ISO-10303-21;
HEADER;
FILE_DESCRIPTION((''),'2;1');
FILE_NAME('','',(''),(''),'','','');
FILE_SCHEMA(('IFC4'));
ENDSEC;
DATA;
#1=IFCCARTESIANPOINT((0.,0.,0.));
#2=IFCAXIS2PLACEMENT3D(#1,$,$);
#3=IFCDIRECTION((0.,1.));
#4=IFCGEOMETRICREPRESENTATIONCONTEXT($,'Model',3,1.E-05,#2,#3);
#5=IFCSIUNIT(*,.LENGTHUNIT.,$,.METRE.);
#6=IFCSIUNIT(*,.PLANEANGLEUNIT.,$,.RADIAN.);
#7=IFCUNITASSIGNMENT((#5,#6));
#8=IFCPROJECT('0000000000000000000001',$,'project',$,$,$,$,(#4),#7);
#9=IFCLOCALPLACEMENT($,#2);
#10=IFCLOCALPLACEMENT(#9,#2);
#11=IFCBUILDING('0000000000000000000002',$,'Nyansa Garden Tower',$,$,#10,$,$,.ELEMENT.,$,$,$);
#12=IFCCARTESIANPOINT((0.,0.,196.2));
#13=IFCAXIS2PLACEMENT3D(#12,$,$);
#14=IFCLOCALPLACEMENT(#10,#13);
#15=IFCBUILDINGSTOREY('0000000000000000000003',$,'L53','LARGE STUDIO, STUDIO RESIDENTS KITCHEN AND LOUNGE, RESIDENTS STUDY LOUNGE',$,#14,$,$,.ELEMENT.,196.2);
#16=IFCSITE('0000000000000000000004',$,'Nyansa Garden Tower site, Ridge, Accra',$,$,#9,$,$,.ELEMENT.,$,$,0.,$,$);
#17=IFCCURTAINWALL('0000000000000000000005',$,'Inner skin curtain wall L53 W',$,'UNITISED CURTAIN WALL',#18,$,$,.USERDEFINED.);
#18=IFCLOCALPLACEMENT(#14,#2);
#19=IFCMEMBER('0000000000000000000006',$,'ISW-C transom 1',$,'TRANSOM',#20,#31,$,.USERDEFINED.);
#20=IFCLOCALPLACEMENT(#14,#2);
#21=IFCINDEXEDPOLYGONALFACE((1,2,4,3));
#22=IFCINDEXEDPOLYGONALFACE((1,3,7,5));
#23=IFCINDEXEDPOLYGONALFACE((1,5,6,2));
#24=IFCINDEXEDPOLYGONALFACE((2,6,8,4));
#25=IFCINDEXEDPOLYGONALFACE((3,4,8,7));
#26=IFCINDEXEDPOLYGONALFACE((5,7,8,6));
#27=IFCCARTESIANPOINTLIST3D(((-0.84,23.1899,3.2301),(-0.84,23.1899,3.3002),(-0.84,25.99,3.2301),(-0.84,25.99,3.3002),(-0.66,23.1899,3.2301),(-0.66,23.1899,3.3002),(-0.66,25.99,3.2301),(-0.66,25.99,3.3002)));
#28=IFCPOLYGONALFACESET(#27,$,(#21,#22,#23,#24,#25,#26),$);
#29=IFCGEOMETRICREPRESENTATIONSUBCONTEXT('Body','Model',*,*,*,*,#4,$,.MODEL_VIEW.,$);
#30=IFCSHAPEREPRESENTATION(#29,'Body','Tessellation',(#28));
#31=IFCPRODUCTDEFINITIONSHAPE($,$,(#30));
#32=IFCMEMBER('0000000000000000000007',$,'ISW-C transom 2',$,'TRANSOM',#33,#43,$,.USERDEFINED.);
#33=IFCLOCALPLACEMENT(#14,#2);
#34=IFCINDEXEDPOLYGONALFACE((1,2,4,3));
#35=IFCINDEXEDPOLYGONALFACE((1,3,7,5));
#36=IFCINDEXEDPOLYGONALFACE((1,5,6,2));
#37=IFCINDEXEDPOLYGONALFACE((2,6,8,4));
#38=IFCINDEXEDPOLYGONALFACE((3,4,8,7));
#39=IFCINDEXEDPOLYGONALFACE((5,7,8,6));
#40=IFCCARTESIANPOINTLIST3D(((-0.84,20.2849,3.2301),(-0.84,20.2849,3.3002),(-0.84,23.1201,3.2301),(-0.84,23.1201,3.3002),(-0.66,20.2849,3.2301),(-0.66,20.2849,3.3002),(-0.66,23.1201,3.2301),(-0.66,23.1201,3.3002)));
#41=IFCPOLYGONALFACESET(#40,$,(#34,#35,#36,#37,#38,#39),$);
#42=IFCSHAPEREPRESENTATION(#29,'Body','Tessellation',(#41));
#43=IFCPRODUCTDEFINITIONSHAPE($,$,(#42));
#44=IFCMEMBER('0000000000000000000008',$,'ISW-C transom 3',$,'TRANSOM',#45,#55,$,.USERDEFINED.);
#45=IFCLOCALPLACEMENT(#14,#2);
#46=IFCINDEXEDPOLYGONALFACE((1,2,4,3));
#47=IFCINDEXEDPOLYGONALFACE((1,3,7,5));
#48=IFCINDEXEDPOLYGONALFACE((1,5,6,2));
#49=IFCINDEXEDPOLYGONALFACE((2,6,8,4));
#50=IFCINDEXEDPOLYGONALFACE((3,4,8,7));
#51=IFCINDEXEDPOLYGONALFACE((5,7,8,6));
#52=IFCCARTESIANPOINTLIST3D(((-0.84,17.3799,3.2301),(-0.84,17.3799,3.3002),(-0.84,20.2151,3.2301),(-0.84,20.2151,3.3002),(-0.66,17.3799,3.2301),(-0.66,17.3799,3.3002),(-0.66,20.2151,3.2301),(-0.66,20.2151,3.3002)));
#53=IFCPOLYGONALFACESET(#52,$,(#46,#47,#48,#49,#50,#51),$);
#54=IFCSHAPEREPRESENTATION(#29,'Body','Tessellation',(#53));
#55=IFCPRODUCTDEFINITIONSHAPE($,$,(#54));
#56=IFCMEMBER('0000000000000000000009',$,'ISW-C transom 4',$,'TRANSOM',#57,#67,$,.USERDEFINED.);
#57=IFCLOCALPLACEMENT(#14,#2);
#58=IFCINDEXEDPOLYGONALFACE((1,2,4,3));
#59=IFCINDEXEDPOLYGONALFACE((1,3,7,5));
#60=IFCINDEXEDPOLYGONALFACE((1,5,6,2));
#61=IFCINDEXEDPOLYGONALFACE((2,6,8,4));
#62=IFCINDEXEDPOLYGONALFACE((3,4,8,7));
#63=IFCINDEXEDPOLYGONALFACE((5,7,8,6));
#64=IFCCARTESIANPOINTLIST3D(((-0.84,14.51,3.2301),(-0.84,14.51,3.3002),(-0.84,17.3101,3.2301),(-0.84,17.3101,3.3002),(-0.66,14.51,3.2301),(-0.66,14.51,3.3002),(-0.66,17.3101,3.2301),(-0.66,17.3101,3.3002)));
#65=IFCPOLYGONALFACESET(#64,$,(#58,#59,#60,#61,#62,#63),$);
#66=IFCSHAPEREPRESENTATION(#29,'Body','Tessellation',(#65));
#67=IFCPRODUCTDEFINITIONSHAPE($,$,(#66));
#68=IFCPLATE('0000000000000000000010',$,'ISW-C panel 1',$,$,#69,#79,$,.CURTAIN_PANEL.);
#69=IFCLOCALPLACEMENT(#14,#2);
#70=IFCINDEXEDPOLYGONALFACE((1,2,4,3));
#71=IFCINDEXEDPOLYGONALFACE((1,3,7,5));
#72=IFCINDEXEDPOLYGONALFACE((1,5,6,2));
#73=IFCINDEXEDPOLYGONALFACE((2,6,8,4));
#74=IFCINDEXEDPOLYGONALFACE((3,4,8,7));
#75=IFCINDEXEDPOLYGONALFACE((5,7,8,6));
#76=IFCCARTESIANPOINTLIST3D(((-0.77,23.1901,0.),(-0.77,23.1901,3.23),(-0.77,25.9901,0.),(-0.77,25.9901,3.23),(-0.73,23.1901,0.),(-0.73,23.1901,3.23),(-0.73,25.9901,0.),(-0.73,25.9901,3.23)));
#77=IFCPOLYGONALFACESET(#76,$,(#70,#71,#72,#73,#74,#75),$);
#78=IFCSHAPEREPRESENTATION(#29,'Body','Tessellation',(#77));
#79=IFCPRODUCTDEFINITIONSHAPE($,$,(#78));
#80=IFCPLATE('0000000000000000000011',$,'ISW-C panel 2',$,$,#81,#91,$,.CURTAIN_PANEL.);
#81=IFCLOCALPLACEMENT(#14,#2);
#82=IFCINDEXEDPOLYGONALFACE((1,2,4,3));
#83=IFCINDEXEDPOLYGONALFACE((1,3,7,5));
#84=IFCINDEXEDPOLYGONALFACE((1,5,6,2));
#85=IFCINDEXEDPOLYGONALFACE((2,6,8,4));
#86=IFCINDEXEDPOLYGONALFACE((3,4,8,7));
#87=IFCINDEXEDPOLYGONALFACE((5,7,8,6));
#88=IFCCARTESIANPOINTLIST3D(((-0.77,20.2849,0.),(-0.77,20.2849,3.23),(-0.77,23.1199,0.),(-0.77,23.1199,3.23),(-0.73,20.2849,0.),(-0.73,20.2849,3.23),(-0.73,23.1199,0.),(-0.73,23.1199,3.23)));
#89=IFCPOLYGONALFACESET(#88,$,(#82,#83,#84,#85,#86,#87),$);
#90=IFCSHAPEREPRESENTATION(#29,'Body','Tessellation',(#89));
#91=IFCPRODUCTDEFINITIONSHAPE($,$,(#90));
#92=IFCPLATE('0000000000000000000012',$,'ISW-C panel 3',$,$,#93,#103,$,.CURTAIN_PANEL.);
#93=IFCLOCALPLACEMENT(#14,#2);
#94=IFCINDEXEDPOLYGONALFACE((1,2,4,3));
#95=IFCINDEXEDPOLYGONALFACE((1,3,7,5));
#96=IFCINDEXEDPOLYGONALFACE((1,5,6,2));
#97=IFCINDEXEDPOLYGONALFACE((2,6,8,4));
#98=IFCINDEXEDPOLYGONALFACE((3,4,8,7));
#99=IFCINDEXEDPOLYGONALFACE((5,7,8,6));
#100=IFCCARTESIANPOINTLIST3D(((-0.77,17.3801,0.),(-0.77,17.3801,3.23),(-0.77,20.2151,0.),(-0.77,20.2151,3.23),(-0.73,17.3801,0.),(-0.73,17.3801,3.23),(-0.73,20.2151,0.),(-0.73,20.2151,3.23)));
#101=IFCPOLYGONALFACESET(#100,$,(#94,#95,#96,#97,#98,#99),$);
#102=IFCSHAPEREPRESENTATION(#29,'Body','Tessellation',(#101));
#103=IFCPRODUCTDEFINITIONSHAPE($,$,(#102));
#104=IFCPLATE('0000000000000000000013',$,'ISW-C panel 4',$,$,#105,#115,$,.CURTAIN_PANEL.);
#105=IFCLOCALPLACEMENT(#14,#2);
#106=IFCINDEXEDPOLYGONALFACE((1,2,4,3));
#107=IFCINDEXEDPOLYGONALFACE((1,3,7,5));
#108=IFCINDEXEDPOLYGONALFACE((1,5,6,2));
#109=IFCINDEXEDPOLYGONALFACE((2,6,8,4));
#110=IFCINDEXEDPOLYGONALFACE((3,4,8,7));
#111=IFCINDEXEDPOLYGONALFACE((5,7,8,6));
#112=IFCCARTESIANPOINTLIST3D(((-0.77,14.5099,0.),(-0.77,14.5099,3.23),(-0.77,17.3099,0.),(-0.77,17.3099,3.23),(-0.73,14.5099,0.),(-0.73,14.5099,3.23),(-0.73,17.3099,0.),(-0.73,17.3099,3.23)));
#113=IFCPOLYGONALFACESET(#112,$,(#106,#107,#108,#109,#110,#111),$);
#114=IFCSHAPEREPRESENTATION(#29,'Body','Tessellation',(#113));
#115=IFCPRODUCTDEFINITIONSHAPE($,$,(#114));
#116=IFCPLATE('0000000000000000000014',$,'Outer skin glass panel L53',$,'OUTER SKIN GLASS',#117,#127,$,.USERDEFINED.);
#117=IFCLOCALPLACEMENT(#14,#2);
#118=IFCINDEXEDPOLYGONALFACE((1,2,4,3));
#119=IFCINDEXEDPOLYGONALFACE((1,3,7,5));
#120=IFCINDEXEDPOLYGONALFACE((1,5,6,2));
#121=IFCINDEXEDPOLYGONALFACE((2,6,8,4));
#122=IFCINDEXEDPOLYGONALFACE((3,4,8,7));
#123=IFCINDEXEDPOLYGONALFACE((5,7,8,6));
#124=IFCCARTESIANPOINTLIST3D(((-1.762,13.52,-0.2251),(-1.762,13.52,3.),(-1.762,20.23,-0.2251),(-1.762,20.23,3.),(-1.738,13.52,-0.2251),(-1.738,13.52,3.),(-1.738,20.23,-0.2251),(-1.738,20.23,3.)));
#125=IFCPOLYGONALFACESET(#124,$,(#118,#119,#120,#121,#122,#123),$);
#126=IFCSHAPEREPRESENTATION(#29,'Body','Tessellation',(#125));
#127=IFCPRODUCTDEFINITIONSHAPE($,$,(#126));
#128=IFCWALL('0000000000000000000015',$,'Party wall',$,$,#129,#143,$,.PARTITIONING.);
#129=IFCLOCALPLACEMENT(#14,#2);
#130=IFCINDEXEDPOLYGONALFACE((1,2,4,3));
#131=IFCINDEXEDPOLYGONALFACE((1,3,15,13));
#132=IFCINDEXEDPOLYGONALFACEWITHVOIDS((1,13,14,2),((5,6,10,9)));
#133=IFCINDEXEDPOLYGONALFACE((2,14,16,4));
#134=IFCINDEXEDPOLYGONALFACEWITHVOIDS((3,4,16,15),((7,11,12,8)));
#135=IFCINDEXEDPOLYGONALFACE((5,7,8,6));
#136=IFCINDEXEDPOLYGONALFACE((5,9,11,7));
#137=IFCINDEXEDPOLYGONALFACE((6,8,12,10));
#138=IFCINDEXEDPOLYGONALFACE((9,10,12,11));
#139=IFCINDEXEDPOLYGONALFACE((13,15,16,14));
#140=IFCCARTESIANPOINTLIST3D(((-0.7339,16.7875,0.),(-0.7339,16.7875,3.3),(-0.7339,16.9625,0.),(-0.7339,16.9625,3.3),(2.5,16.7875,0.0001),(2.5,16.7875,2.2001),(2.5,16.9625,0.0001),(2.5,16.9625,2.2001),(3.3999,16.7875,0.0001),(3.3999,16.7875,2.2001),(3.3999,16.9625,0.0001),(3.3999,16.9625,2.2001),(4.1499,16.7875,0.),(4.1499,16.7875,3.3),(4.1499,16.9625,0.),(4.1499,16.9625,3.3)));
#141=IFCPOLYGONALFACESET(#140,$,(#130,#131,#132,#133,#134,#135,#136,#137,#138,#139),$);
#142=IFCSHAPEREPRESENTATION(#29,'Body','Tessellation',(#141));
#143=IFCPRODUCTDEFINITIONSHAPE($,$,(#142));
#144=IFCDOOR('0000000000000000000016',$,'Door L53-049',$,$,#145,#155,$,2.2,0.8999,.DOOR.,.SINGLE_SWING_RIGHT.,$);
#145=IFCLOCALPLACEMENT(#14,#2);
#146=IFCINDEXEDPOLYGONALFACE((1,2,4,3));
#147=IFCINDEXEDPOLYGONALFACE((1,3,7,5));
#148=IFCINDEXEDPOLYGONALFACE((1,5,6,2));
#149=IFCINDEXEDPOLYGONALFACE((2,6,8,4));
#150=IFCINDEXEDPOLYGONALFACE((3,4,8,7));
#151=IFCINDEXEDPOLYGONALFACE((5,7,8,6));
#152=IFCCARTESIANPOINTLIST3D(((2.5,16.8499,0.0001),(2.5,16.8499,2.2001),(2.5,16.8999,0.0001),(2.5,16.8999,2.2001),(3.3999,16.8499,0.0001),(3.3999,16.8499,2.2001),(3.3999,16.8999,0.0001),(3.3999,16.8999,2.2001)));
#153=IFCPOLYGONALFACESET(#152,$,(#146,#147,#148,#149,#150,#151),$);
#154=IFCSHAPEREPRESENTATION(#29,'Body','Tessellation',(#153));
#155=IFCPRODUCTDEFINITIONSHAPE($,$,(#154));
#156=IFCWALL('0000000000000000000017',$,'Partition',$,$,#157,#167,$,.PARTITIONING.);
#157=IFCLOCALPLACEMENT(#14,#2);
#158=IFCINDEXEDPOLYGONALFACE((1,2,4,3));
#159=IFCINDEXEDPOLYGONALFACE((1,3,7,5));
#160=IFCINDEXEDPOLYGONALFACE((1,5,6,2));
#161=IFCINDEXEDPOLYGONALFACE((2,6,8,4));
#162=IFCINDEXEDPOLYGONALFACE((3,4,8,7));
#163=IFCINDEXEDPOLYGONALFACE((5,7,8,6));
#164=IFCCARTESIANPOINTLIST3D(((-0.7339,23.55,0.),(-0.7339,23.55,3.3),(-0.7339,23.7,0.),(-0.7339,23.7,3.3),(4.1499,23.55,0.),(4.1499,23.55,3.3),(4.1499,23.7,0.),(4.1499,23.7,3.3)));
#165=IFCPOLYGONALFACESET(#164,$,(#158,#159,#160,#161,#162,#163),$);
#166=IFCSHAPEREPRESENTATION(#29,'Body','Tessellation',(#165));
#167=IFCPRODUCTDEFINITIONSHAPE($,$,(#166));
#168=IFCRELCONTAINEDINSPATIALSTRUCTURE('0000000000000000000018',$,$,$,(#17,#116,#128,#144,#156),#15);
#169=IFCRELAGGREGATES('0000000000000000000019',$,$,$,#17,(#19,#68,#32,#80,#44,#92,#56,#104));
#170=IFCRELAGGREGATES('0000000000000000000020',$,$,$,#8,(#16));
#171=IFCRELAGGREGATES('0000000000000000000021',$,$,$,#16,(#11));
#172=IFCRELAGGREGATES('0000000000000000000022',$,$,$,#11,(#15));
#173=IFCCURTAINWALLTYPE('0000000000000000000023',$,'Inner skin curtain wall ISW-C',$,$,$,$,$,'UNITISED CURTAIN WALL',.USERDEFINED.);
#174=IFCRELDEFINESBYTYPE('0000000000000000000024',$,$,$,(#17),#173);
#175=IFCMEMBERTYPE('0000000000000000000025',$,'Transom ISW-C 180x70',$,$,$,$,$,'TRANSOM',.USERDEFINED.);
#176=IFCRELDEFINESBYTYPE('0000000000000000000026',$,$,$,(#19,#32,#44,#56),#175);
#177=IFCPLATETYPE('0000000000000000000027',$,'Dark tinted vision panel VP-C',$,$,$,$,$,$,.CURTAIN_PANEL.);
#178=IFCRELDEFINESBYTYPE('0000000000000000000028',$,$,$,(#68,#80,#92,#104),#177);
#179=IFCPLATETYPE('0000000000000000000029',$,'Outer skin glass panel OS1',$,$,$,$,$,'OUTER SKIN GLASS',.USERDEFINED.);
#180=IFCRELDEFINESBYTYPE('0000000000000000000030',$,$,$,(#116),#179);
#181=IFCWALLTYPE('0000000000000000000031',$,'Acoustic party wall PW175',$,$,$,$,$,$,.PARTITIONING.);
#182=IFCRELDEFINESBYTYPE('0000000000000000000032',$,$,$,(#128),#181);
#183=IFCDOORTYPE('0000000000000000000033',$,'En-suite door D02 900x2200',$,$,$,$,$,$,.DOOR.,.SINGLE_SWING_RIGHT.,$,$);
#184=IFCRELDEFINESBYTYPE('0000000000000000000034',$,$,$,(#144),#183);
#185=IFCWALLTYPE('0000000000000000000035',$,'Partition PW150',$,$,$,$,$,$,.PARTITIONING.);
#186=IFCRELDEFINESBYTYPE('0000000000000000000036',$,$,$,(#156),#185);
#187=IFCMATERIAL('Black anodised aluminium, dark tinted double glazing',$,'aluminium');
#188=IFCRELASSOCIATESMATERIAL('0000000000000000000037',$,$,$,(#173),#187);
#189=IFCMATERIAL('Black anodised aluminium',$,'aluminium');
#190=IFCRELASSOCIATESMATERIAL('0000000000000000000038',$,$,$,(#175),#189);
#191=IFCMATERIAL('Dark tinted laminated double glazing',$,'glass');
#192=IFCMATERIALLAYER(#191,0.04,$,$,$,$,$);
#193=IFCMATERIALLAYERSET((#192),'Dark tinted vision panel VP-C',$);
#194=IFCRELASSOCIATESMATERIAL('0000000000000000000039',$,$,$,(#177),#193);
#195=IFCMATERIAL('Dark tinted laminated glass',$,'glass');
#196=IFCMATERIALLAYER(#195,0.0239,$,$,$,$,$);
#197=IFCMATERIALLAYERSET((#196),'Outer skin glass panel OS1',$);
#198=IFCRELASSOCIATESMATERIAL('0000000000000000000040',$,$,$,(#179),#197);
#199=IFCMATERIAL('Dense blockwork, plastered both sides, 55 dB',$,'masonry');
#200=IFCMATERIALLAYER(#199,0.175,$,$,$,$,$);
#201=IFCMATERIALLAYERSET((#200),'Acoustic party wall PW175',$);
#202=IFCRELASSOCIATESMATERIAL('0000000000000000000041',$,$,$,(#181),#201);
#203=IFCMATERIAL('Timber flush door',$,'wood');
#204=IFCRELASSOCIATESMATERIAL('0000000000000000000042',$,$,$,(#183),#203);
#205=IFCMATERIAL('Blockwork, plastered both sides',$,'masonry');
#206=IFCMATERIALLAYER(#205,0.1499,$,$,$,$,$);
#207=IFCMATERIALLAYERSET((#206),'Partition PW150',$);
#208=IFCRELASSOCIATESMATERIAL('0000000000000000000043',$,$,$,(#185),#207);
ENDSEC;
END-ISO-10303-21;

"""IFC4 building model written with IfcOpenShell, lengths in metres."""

from ifc_helpers import new_model, si_unit, direction, frame, frame_2d, origin, origin_2d, place, context, subcontext, project, spatial, rectangle, extrude, material, layer, layer_set, material_profile, profile_set, type_object, element, fill, aggregate, save


model = new_model("IFC4")

# Units and contexts
model_context = context("Model", 3, precision=1e-05, world=origin(), true_north=direction((0.0, 1.0)))
body_context = subcontext(model_context, "Body", "Model", "MODEL_VIEW")
ifc_project = project(units=[si_unit("LENGTHUNIT", "METRE"), si_unit("PLANEANGLEUNIT", "RADIAN")], contexts=[model_context])

# Site, building, storey
site_placement = place(None, origin())
site = spatial("IfcSite", under=ifc_project, at=site_placement, Name="Nyansa Garden Tower site, Ridge, Accra", CompositionType="ELEMENT", RefElevation=0.0)
building_placement = place(site_placement, origin())
building = spatial("IfcBuilding", under=site, at=building_placement, Name="Nyansa Garden Tower", CompositionType="ELEMENT")
storey_placement = place(building_placement, frame((0.0, 0.0, 196.2)))
storey = spatial("IfcBuildingStorey", under=building, at=storey_placement, Name="L53", Description="LARGE STUDIO, STUDIO RESIDENTS KITCHEN AND LOUNGE, RESIDENTS STUDY LOUNGE", CompositionType="ELEMENT", Elevation=196.2)

# Curtain wall
ifc_material_1 = material(Name="Black anodised aluminium, dark tinted double glazing", Category="aluminium")
curtain_wall_type = type_object("IfcCurtainWallType", Name="Inner skin curtain wall ISW-C", ElementType="UNITISED CURTAIN WALL", PredefinedType="USERDEFINED", material=ifc_material_1)
curtain_wall_placement = place(storey_placement, origin())
curtain_wall = element("IfcCurtainWall", 1, at=curtain_wall_placement, inside=storey, type_object=curtain_wall_type, Name="Inner skin curtain wall L53 W", ObjectType="UNITISED CURTAIN WALL", PredefinedType="USERDEFINED")

# Members
ifc_material_2 = material(Name="Black anodised aluminium", Category="aluminium")
ifc_material_profile_1 = material_profile(ifc_material_2, rectangle(XDim=0.1799, YDim=0.0701, at=origin_2d()), Name="Transom 180x70")
ifc_profile_set_1 = profile_set([ifc_material_profile_1], Name="Black anodised aluminium")
member_type_1 = type_object("IfcMemberType", Name="Transom ISW-C 180x70", ElementType="TRANSOM", PredefinedType="USERDEFINED", material=ifc_profile_set_1)
member_1_placement = place(storey_placement, frame((-0.75, 25.99, 3.2651), z_axis=(0.0, -1.0, 0.0), x_axis=(1.0, 0.0, 0.0)))
member_1 = element("IfcMember", 2, at=member_1_placement, type_object=member_type_1, Name="ISW-C transom 1", ObjectType="TRANSOM", PredefinedType="USERDEFINED", context=body_context, shape_type="SweptSolid", body=[
    extrude(rectangle(XDim=0.1799, YDim=0.0701, at=origin_2d()), origin(), (0.0, 0.0, 1.0), 2.8),
])
member_2_placement = place(storey_placement, frame((-0.75, 23.1201, 3.2651), z_axis=(0.0, -1.0, 0.0), x_axis=(1.0, 0.0, 0.0)))
member_2 = element("IfcMember", 3, at=member_2_placement, type_object=member_type_1, Name="ISW-C transom 2", ObjectType="TRANSOM", PredefinedType="USERDEFINED", context=body_context, shape_type="SweptSolid", body=[
    extrude(rectangle(XDim=0.1799, YDim=0.0701, at=origin_2d()), origin(), (0.0, 0.0, 1.0), 2.8352),
])
member_3_placement = place(storey_placement, frame((-0.75, 20.2151, 3.2651), z_axis=(0.0, -1.0, 0.0), x_axis=(1.0, 0.0, 0.0)))
member_3 = element("IfcMember", 4, at=member_3_placement, type_object=member_type_1, Name="ISW-C transom 3", ObjectType="TRANSOM", PredefinedType="USERDEFINED", context=body_context, shape_type="SweptSolid", body=[
    extrude(rectangle(XDim=0.1799, YDim=0.0701, at=origin_2d()), origin(), (0.0, 0.0, 1.0), 2.8352),
])
member_4_placement = place(storey_placement, frame((-0.75, 17.3101, 3.2651), z_axis=(0.0, -1.0, 0.0), x_axis=(1.0, 0.0, 0.0)))
member_4 = element("IfcMember", 5, at=member_4_placement, type_object=member_type_1, Name="ISW-C transom 4", ObjectType="TRANSOM", PredefinedType="USERDEFINED", context=body_context, shape_type="SweptSolid", body=[
    extrude(rectangle(XDim=0.1799, YDim=0.0701, at=origin_2d()), origin(), (0.0, 0.0, 1.0), 2.8),
])

# Plates
ifc_material_3 = material(Name="Dark tinted laminated double glazing", Category="glass")
ifc_layer_1 = layer(ifc_material_3, 0.04)
ifc_layer_set_1 = layer_set([ifc_layer_1], Name="Dark tinted vision panel VP-C")
plate_type_1 = type_object("IfcPlateType", Name="Dark tinted vision panel VP-C", PredefinedType="CURTAIN_PANEL", material=ifc_layer_set_1)
plate_1_placement = place(storey_placement, frame((-0.75, 24.5901, 0.0), z_axis=(0.0, 0.0, 1.0), x_axis=(0.0, -1.0, 0.0)))
plate_1 = element("IfcPlate", 6, at=plate_1_placement, type_object=plate_type_1, Name="ISW-C panel 1", PredefinedType="CURTAIN_PANEL", context=body_context, shape_type="SweptSolid", body=[
    extrude(rectangle(XDim=2.8, YDim=0.04, at=origin_2d()), origin(), (0.0, 0.0, 1.0), 3.23),
])
plate_2_placement = place(storey_placement, frame((-0.75, 21.7024, 0.0), z_axis=(0.0, 0.0, 1.0), x_axis=(0.0, -1.0, 0.0)))
plate_2 = element("IfcPlate", 7, at=plate_2_placement, type_object=plate_type_1, Name="ISW-C panel 2", PredefinedType="CURTAIN_PANEL", context=body_context, shape_type="SweptSolid", body=[
    extrude(rectangle(XDim=2.835, YDim=0.04, at=origin_2d()), origin(), (0.0, 0.0, 1.0), 3.23),
])
plate_3_placement = place(storey_placement, frame((-0.75, 18.7976, 0.0), z_axis=(0.0, 0.0, 1.0), x_axis=(0.0, -1.0, 0.0)))
plate_3 = element("IfcPlate", 8, at=plate_3_placement, type_object=plate_type_1, Name="ISW-C panel 3", PredefinedType="CURTAIN_PANEL", context=body_context, shape_type="SweptSolid", body=[
    extrude(rectangle(XDim=2.835, YDim=0.04, at=origin_2d()), origin(), (0.0, 0.0, 1.0), 3.23),
])
plate_4_placement = place(storey_placement, frame((-0.75, 15.9099, 0.0), z_axis=(0.0, 0.0, 1.0), x_axis=(0.0, -1.0, 0.0)))
plate_4 = element("IfcPlate", 9, at=plate_4_placement, type_object=plate_type_1, Name="ISW-C panel 4", PredefinedType="CURTAIN_PANEL", context=body_context, shape_type="SweptSolid", body=[
    extrude(rectangle(XDim=2.8, YDim=0.04, at=origin_2d()), origin(), (0.0, 0.0, 1.0), 3.23),
])
aggregate(curtain_wall, [member_1, plate_1, member_2, plate_2, member_3, plate_3, member_4, plate_4])
ifc_material_4 = material(Name="Dark tinted laminated glass", Category="glass")
ifc_layer_2 = layer(ifc_material_4, 0.0239)
ifc_layer_set_2 = layer_set([ifc_layer_2], Name="Outer skin glass panel OS1")
plate_type_2 = type_object("IfcPlateType", Name="Outer skin glass panel OS1", ElementType="OUTER SKIN GLASS", PredefinedType="USERDEFINED", material=ifc_layer_set_2)
plate_5_placement = place(storey_placement, frame((-1.75, 16.875, -0.2251), z_axis=(0.0, 0.0, 1.0), x_axis=(0.0, 1.0, 0.0)))
element("IfcPlate", 10, at=plate_5_placement, inside=storey, type_object=plate_type_2, Name="Outer skin glass panel L53", ObjectType="OUTER SKIN GLASS", PredefinedType="USERDEFINED", context=body_context, shape_type="SweptSolid", body=[
    extrude(rectangle(XDim=6.71, YDim=0.0239, at=origin_2d()), origin(), (0.0, 0.0, 1.0), 3.2251),
])

# Wall, opening, door
ifc_material_5 = material(Name="Dense blockwork, plastered both sides, 55 dB", Category="masonry")
ifc_layer_3 = layer(ifc_material_5, 0.175)
ifc_layer_set_3 = layer_set([ifc_layer_3], Name="Acoustic party wall PW175")
wall_type_1 = type_object("IfcWallType", Name="Acoustic party wall PW175", PredefinedType="PARTITIONING", material=ifc_layer_set_3)
wall_1_placement = place(storey_placement, frame((-0.7339, 16.875, 0.0), z_axis=(0.0, 0.0, 1.0), x_axis=(1.0, 0.0, 0.0)))
wall_1 = element("IfcWall", 11, at=wall_1_placement, inside=storey, type_object=wall_type_1, Name="Party wall", PredefinedType="PARTITIONING", context=body_context, shape_type="SweptSolid", body=[
    extrude(rectangle(XDim=4.8838, YDim=0.175, at=frame_2d((2.4419, 0.0))), origin(), (0.0, 0.0, 1.0), 3.3),
])
opening_placement = place(wall_1_placement, frame((3.2339, 0.0, 0.0)))
opening = element("IfcOpeningElement", 12, at=opening_placement, cuts=wall_1, PredefinedType="OPENING", context=body_context, shape_type="SweptSolid", body=[
    extrude(rectangle(XDim=0.8999, YDim=2.2, at=frame_2d((0.45, 1.1001))), frame((0.0, 0.0974, 0.0), z_axis=(0.0, -1.0, 0.0), x_axis=(1.0, 0.0, 0.0)), (0.0, 0.0, 1.0), 0.1951),
])
ifc_material_6 = material(Name="Timber flush door", Category="wood")
door_type = type_object("IfcDoorType", Name="En-suite door D02 900x2200", OperationType="SINGLE_SWING_RIGHT", PredefinedType="DOOR", material=ifc_material_6)
door_placement = place(opening_placement, origin())
door = element("IfcDoor", 13, at=door_placement, inside=storey, type_object=door_type, Name="Door L53-049", OperationType="SINGLE_SWING_RIGHT", OverallHeight=2.2, OverallWidth=0.8999, PredefinedType="DOOR", context=body_context, shape_type="SweptSolid", body=[
    extrude(rectangle(XDim=0.8999, YDim=2.2, at=frame_2d((0.45, 1.1001))), frame((0.0, 0.0249, 0.0), z_axis=(0.0, -1.0, 0.0), x_axis=(1.0, 0.0, 0.0)), (0.0, 0.0, 1.0), 0.05),
])
fill(opening, door)

# Wall
ifc_material_7 = material(Name="Blockwork, plastered both sides", Category="masonry")
ifc_layer_4 = layer(ifc_material_7, 0.1499)
ifc_layer_set_4 = layer_set([ifc_layer_4], Name="Partition PW150")
wall_type_2 = type_object("IfcWallType", Name="Partition PW150", PredefinedType="PARTITIONING", material=ifc_layer_set_4)
wall_2_placement = place(storey_placement, frame((-0.7339, 23.625, 0.0), z_axis=(0.0, 0.0, 1.0), x_axis=(1.0, 0.0, 0.0)))
element("IfcWall", 14, at=wall_2_placement, inside=storey, type_object=wall_type_2, Name="Partition", PredefinedType="PARTITIONING", context=body_context, shape_type="SweptSolid", body=[
    extrude(rectangle(XDim=4.8838, YDim=0.1499, at=frame_2d((2.4419, 0.0))), origin(), (0.0, 0.0, 1.0), 3.3),
])

save(model, "model.ifc")
